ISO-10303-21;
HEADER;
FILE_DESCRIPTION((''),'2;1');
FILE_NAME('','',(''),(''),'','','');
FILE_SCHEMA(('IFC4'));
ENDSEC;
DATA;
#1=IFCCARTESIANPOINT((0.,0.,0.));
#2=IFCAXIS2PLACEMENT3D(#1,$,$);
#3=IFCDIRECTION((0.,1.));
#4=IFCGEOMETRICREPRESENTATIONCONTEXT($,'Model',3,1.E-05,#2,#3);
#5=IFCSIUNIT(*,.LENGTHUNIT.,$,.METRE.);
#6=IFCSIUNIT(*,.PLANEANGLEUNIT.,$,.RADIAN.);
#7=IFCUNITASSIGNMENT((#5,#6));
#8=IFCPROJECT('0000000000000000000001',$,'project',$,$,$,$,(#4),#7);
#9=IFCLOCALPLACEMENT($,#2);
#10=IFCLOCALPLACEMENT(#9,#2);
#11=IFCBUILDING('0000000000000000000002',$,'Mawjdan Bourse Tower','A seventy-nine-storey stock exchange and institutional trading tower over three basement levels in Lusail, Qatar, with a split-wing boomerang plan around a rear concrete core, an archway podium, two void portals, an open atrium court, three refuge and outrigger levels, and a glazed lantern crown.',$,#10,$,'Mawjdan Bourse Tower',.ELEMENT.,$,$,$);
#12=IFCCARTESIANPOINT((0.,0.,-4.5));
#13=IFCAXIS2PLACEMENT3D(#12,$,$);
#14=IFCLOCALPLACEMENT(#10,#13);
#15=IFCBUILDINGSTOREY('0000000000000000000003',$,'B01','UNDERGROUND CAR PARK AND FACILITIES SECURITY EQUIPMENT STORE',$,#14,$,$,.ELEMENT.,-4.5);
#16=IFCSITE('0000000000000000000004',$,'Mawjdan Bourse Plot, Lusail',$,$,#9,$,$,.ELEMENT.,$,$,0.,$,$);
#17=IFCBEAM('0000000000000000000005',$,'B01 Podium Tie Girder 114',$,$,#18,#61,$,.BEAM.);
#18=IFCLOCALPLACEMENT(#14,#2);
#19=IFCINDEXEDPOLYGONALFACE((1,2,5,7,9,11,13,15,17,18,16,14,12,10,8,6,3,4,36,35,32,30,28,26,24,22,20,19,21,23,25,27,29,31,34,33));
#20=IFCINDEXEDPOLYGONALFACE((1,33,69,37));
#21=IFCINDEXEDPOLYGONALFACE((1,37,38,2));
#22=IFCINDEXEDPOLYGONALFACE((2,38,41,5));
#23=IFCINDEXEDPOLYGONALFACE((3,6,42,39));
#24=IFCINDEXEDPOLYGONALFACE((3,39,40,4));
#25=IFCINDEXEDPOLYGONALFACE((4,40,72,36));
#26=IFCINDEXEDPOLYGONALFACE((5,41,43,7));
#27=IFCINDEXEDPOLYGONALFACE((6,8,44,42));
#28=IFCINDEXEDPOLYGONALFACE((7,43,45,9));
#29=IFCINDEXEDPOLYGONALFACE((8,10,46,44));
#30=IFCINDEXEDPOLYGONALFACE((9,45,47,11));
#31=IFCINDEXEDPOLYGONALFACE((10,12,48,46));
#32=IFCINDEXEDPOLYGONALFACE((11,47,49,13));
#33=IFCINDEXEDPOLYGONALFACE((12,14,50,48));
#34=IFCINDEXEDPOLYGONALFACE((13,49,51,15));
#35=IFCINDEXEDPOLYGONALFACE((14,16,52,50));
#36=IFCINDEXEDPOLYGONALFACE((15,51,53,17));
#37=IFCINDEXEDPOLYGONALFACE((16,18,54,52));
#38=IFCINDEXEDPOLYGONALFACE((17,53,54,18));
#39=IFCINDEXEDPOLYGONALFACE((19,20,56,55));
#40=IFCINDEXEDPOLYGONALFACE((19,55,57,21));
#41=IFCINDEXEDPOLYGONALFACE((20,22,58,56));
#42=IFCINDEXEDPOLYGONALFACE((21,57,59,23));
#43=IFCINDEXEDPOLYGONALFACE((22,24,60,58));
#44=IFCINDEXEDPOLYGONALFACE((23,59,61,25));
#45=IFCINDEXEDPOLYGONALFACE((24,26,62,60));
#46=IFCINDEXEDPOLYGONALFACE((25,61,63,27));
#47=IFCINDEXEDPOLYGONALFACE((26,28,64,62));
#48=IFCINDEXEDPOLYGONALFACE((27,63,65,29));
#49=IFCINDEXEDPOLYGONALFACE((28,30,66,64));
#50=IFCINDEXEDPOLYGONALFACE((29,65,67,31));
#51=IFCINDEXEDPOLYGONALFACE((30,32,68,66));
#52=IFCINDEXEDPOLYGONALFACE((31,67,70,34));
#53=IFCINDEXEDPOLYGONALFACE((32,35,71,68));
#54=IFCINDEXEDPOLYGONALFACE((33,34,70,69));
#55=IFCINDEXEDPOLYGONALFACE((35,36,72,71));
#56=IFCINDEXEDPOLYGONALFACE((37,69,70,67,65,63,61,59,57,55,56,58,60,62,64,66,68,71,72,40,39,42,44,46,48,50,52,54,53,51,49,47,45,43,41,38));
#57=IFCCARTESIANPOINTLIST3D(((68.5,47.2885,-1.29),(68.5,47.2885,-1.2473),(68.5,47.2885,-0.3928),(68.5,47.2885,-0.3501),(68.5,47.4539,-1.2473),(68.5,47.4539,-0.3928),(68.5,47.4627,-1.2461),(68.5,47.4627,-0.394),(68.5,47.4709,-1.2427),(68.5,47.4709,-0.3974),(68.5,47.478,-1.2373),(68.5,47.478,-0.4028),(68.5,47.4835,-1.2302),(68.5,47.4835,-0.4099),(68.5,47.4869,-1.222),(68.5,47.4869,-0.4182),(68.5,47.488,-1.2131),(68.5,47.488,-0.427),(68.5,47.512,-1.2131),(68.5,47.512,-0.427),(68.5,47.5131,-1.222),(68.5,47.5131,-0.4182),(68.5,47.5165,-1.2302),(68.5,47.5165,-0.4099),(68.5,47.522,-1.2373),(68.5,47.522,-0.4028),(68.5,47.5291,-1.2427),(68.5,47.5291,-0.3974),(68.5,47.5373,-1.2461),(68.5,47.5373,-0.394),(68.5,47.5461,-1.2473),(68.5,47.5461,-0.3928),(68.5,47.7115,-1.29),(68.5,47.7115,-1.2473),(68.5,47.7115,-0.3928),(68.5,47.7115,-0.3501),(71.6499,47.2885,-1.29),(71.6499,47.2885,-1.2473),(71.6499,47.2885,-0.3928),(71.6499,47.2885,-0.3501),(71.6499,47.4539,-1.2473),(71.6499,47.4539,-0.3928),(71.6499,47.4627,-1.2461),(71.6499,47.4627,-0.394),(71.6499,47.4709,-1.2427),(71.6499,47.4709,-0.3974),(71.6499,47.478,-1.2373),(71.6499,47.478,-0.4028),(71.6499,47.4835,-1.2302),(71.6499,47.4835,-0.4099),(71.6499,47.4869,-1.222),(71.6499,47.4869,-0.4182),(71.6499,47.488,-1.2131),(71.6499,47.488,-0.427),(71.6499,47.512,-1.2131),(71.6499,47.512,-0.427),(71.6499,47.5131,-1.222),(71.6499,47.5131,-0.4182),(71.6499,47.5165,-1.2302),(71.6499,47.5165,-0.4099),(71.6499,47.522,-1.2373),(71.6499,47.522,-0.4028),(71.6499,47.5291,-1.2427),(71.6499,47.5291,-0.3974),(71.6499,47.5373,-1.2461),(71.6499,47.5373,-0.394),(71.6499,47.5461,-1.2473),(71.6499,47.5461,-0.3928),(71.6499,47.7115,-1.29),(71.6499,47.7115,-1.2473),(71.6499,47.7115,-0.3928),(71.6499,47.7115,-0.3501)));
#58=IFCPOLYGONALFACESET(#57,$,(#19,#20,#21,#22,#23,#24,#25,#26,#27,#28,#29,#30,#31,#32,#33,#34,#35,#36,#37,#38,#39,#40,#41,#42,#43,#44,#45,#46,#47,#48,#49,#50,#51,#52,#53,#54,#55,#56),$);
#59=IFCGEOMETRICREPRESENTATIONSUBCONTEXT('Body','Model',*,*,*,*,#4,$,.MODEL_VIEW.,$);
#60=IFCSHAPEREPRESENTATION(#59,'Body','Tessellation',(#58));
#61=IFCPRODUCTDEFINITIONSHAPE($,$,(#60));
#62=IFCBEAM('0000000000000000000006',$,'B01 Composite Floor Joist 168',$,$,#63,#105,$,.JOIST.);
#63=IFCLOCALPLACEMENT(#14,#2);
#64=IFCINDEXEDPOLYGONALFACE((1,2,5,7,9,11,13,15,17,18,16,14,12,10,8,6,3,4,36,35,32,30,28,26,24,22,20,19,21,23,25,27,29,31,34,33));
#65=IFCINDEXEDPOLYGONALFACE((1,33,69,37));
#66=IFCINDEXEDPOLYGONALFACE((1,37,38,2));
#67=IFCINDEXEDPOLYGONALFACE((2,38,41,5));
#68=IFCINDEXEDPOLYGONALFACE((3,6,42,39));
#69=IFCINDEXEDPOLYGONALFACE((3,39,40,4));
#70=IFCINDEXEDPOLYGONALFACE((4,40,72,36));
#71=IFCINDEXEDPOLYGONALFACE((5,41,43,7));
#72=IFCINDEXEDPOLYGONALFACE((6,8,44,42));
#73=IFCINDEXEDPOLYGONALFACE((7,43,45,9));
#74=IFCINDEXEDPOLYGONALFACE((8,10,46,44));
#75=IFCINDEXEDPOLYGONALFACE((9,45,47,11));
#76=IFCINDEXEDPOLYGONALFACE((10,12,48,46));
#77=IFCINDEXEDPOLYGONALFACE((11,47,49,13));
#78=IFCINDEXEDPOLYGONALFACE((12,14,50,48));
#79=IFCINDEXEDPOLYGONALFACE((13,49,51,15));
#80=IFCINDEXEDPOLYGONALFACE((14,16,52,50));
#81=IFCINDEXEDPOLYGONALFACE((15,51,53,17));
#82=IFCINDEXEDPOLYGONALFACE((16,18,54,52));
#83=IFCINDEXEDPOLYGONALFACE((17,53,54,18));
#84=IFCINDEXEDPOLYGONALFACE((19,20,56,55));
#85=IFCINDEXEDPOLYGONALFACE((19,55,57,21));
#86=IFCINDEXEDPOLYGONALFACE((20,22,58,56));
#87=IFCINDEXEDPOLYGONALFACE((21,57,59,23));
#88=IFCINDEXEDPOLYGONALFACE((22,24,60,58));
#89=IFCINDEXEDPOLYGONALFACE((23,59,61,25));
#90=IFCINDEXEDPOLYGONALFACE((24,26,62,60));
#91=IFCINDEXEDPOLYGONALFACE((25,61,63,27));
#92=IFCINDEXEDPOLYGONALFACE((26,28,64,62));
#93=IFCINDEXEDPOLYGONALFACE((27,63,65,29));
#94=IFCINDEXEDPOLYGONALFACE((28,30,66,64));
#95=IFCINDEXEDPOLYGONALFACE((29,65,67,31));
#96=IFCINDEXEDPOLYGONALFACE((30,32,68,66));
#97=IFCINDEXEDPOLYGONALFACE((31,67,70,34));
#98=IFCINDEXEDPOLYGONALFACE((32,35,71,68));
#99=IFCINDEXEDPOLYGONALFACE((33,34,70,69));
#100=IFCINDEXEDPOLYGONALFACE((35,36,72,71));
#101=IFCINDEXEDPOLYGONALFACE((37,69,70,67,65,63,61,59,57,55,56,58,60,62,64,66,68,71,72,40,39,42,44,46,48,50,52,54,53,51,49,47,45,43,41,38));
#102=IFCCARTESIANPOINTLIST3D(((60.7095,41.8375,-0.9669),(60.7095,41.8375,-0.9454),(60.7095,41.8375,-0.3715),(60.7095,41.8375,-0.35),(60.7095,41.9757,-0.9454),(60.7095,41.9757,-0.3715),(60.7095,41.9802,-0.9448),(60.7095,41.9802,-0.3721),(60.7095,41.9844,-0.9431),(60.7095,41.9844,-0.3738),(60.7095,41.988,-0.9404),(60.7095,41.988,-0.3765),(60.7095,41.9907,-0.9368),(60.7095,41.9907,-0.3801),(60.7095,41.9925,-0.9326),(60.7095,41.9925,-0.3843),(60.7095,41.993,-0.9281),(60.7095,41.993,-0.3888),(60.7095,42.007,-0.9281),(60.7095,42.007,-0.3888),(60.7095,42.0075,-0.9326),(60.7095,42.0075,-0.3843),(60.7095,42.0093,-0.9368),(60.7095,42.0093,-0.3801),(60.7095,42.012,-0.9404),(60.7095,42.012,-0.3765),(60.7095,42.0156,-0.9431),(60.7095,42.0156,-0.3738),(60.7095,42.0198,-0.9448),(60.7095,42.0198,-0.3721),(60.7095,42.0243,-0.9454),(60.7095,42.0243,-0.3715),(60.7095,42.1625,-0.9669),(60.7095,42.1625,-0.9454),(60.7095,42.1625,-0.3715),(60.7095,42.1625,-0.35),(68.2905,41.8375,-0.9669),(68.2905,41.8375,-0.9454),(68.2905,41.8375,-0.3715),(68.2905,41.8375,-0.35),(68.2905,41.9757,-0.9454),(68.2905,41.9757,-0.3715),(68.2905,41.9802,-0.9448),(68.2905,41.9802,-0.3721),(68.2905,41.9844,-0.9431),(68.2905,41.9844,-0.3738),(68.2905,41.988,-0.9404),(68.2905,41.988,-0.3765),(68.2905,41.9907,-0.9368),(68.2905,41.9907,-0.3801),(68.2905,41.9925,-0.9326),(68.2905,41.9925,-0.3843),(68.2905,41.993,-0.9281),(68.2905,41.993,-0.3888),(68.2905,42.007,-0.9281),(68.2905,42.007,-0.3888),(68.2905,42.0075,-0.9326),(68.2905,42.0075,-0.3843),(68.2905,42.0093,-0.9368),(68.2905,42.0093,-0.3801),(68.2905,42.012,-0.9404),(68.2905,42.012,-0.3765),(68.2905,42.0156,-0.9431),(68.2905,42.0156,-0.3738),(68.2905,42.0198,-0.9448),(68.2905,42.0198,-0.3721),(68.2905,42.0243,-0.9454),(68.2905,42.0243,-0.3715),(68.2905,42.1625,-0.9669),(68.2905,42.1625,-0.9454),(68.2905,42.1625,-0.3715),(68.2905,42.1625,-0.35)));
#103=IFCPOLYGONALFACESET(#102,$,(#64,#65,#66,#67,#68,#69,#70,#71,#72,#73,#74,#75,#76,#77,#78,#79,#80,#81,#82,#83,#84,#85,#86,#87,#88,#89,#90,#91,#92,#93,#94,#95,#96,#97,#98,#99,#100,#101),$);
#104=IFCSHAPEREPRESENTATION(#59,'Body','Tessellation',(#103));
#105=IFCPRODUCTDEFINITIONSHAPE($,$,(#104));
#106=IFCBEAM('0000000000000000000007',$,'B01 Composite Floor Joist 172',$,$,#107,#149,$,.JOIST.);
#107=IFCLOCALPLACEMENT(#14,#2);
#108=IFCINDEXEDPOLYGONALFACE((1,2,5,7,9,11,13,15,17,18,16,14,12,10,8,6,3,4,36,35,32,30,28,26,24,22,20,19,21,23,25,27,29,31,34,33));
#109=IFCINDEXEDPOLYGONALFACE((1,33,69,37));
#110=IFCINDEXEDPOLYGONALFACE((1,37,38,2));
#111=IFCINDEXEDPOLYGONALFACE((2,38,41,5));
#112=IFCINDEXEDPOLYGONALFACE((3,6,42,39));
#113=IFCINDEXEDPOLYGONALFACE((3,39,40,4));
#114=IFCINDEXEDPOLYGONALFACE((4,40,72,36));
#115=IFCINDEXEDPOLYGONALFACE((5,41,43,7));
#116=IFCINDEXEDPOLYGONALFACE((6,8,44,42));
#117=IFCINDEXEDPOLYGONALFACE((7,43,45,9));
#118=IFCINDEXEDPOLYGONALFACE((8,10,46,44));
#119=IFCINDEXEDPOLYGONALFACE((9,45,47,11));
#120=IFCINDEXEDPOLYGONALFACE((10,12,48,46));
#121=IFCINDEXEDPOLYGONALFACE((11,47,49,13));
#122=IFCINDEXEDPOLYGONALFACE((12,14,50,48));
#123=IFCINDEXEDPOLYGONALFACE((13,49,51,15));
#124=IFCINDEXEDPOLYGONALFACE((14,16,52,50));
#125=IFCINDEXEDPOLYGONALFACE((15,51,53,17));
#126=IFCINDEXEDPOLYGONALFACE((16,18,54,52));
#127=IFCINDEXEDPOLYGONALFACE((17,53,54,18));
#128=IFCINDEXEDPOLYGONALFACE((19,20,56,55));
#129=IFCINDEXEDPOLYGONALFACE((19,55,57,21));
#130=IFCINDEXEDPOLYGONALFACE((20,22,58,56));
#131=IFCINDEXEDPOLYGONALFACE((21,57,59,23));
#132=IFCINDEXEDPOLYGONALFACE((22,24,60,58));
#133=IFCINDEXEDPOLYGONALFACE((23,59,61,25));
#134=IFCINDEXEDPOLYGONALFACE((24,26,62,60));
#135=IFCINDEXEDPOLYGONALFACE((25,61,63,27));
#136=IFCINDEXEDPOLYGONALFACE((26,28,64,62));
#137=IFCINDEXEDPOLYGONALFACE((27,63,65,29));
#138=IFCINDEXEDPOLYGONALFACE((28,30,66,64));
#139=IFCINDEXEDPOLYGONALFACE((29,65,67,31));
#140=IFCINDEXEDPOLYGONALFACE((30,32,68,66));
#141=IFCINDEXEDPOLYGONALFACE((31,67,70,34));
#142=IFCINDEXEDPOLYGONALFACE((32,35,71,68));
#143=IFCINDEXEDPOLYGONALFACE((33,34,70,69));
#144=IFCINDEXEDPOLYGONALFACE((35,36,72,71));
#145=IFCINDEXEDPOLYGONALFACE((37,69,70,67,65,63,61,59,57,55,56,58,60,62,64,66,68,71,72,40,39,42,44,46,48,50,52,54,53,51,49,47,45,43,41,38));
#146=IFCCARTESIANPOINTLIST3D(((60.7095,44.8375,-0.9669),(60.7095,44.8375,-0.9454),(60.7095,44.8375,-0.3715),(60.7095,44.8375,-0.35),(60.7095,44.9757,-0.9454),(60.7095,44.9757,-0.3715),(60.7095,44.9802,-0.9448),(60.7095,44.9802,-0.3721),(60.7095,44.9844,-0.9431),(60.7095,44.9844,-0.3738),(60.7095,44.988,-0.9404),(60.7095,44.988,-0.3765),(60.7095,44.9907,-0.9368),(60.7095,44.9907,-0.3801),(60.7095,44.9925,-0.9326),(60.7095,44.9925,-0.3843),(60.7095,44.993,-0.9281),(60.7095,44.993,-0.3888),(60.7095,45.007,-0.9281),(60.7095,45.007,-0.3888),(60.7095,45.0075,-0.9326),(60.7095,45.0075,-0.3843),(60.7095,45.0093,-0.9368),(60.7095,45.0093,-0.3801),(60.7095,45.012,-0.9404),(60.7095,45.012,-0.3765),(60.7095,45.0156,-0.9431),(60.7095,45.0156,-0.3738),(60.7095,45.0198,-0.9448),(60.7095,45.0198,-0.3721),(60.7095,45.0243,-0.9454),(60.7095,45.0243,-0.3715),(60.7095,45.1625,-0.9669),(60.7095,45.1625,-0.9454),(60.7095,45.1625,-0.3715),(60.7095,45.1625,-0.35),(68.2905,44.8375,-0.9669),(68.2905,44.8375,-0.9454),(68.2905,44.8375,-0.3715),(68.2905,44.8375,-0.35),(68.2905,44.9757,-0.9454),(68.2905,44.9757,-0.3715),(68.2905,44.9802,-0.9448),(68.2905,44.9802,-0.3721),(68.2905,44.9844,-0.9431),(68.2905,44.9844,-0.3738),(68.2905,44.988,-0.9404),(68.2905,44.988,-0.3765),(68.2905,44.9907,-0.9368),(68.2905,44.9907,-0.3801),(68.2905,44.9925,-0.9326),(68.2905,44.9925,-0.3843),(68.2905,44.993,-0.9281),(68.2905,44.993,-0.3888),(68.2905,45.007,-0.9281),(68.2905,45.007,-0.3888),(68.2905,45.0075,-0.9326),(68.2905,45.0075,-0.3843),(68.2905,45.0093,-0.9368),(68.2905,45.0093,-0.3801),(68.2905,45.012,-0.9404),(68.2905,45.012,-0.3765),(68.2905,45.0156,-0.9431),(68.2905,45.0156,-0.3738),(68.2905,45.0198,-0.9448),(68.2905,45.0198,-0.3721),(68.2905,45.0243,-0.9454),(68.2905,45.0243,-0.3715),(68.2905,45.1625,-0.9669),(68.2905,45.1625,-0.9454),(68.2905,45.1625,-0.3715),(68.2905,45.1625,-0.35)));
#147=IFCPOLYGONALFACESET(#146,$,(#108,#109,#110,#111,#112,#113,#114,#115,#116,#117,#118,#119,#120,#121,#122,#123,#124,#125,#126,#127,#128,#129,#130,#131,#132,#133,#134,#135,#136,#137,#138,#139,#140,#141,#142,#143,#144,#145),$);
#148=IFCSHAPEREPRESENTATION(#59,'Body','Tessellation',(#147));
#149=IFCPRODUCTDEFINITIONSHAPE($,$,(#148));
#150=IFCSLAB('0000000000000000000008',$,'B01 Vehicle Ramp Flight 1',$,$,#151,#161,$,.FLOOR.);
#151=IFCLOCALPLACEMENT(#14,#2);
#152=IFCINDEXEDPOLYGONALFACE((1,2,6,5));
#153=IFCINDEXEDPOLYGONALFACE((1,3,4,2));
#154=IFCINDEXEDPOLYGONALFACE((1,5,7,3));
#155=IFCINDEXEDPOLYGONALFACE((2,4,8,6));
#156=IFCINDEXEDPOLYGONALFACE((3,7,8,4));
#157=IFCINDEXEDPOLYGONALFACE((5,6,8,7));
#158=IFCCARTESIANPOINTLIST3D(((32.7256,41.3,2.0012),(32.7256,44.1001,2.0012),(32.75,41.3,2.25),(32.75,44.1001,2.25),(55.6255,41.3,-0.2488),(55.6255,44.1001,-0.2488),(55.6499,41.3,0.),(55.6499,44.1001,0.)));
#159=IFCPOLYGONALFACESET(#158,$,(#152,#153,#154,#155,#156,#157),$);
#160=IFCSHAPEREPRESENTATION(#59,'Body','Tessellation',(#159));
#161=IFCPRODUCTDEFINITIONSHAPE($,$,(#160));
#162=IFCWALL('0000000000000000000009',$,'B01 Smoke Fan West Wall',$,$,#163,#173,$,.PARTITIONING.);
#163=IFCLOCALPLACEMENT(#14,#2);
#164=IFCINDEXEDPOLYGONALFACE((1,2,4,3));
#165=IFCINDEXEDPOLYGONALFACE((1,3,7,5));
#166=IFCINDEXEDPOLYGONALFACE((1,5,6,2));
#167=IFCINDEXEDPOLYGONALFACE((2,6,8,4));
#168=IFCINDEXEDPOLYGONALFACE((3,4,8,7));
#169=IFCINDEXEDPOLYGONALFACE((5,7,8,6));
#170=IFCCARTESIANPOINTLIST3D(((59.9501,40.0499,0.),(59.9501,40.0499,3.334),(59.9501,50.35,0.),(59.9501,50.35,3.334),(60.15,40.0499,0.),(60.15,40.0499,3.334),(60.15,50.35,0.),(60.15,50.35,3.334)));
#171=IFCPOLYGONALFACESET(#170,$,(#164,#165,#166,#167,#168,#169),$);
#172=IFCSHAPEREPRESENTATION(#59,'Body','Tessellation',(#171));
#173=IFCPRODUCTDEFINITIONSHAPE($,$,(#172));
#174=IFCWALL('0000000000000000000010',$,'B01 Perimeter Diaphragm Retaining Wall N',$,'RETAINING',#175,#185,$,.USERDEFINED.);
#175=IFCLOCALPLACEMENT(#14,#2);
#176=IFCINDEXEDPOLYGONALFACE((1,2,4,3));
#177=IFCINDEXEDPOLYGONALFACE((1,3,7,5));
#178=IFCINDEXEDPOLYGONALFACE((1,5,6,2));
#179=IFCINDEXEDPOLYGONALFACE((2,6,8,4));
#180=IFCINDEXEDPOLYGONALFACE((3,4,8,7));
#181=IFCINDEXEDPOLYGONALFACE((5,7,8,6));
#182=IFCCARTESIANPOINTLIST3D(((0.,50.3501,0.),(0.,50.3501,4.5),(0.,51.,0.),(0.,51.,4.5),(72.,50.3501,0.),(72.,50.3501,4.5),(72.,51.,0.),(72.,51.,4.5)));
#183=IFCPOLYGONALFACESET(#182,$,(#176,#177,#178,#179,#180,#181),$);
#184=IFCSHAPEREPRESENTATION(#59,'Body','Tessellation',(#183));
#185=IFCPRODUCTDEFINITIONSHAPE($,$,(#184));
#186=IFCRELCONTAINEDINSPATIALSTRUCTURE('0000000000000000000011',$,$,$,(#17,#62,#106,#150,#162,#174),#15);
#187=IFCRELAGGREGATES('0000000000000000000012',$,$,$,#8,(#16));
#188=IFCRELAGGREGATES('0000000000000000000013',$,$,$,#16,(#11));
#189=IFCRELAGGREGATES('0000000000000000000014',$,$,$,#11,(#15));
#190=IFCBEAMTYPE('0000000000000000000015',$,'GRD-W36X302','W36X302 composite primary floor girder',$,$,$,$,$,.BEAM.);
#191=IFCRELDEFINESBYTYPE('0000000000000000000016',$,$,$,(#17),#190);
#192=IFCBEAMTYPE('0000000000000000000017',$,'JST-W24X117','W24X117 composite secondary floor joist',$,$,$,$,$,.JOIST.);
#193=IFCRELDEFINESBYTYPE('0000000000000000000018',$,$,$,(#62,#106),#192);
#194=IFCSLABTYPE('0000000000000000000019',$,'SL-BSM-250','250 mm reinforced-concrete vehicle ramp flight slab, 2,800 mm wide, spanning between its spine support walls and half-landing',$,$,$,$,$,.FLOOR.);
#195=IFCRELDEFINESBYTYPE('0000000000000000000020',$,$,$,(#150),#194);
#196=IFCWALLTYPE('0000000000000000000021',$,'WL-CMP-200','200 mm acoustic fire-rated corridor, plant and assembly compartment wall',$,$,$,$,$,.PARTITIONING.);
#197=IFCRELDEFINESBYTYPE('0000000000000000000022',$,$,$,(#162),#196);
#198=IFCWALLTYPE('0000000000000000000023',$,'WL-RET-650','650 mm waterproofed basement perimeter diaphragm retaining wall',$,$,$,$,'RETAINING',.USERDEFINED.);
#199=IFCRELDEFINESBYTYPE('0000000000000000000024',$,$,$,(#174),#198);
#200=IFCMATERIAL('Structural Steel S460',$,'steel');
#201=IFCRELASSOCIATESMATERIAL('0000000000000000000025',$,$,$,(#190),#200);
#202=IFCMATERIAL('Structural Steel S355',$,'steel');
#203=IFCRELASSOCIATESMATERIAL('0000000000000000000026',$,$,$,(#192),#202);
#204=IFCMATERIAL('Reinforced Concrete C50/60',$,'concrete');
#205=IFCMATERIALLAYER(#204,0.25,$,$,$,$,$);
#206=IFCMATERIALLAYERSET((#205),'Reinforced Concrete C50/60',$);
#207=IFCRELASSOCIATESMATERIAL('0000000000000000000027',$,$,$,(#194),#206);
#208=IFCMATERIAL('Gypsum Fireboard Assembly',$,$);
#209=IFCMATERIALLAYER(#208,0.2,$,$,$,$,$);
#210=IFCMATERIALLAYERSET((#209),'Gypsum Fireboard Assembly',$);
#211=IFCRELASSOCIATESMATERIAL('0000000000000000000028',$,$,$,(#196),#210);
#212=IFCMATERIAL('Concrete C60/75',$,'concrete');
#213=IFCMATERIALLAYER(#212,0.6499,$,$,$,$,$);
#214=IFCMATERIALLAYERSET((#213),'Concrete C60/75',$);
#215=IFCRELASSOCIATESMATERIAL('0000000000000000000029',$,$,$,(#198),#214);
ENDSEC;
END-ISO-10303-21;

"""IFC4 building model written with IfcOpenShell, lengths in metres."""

from ifc_helpers import new_model, si_unit, direction, frame, frame_2d, origin, origin_2d, place, context, subcontext, project, spatial, polyline, rectangle, i_section, outline, extrude, material, layer, layer_set, material_profile, profile_set, type_object, element, save


model = new_model("IFC4")

# Units and contexts
model_context = context("Model", 3, precision=1e-05, world=origin(), true_north=direction((0.0, 1.0)))
body_context = subcontext(model_context, "Body", "Model", "MODEL_VIEW")
ifc_project = project(units=[si_unit("LENGTHUNIT", "METRE"), si_unit("PLANEANGLEUNIT", "RADIAN")], contexts=[model_context])

# Site, building, storey
site_placement = place(None, origin())
site = spatial("IfcSite", under=ifc_project, at=site_placement, Name="Mawjdan Bourse Plot, Lusail", CompositionType="ELEMENT", RefElevation=0.0)
building_placement = place(site_placement, origin())
building = spatial("IfcBuilding", under=site, at=building_placement, Name="Mawjdan Bourse Tower", Description="A seventy-nine-storey stock exchange and institutional trading tower over three basement levels in Lusail, Qatar, with a split-wing boomerang plan around a rear concrete core, an archway podium, two void portals, an open atrium court, three refuge and outrigger levels, and a glazed lantern crown.", LongName="Mawjdan Bourse Tower", CompositionType="ELEMENT")
storey_placement = place(building_placement, frame((0.0, 0.0, -4.5)))
storey = spatial("IfcBuildingStorey", under=building, at=storey_placement, Name="B01", Description="UNDERGROUND CAR PARK AND FACILITIES SECURITY EQUIPMENT STORE", CompositionType="ELEMENT", Elevation=-4.5)

# Shared definitions
ifc_material_1 = material(Name="Concrete C60/75", Category="concrete")

# Beams
ifc_material_2 = material(Name="Structural Steel S460", Category="steel")
ifc_material_profile_1 = material_profile(ifc_material_2, i_section(OverallWidth=0.4231, OverallDepth=0.9399, WebThickness=0.0239, FlangeThickness=0.0427, FilletRadius=0.0342, at=origin_2d()), Name="W36X302")
ifc_profile_set_1 = profile_set([ifc_material_profile_1], Name="Structural Steel S460")
beam_type_1 = type_object("IfcBeamType", Name="GRD-W36X302", Description="W36X302 composite primary floor girder", PredefinedType="BEAM", material=ifc_profile_set_1)
beam_1_placement = place(storey_placement, frame((68.5, 47.5, -0.8201), z_axis=(1.0, 0.0, 0.0), x_axis=(0.0, 1.0, 0.0)))
element("IfcBeam", 1, at=beam_1_placement, inside=storey, type_object=beam_type_1, Name="B01 Podium Tie Girder 114", PredefinedType="BEAM", context=body_context, shape_type="SweptSolid", body=[
    extrude(i_section(OverallWidth=0.4231, OverallDepth=0.9399, WebThickness=0.0239, FlangeThickness=0.0427, FilletRadius=0.0342, at=origin_2d()), origin(), (0.0, 0.0, 1.0), 3.1499),
])
ifc_material_3 = material(Name="Structural Steel S355", Category="steel")
ifc_material_profile_2 = material_profile(ifc_material_3, i_section(OverallWidth=0.325, OverallDepth=0.6169, WebThickness=0.0139, FlangeThickness=0.0215, FilletRadius=0.0173, at=origin_2d()), Name="W24X117")
ifc_profile_set_2 = profile_set([ifc_material_profile_2], Name="Structural Steel S355")
beam_type_2 = type_object("IfcBeamType", Name="JST-W24X117", Description="W24X117 composite secondary floor joist", PredefinedType="JOIST", material=ifc_profile_set_2)
for number, where, z_axis, x_axis, name in (
    (2, (60.7095, 42.0, -0.6584), (1.0, 0.0, 0.0), (0.0, 1.0, 0.0), "B01 Composite Floor Joist 168"),
    (3, (60.7095, 45.0, -0.6584), (1.0, 0.0, 0.0), (0.0, 1.0, 0.0), "B01 Composite Floor Joist 172"),
):
    element("IfcBeam", number, at=place(storey_placement, frame(where, z_axis=z_axis, x_axis=x_axis)), inside=storey, type_object=beam_type_2, Name=name, PredefinedType="JOIST", context=body_context, shape_type="SweptSolid", body=[
        extrude(i_section(OverallWidth=0.325, OverallDepth=0.6169, WebThickness=0.0139, FlangeThickness=0.0215, FilletRadius=0.0173, at=origin_2d()), origin(), (0.0, 0.0, 1.0), 7.5811),
    ])

# Slab
ifc_material_4 = material(Name="Reinforced Concrete C50/60", Category="concrete")
ifc_layer_1 = layer(ifc_material_4, 0.25)
ifc_layer_set_1 = layer_set([ifc_layer_1], Name="Reinforced Concrete C50/60")
slab_type = type_object("IfcSlabType", Name="SL-BSM-250", Description="250 mm reinforced-concrete vehicle ramp flight slab, 2,800 mm wide, spanning between its spine support walls and half-landing", PredefinedType="FLOOR", material=ifc_layer_set_1)
slab_placement = place(storey_placement, frame((55.6499, 41.3, 0.0), z_axis=(0.097783, 0.0, 0.995208), x_axis=(-0.995208, 0.0, 0.097783)))
element("IfcSlab", 4, at=slab_placement, inside=storey, type_object=slab_type, Name="B01 Vehicle Ramp Flight 1", PredefinedType="FLOOR", context=body_context, shape_type="SweptSolid", body=[
    extrude(outline(polyline([(0.0, 0.0), (23.0102, 0.0), (23.0102, -2.8), (0.0, -2.8), (0.0, 0.0)])), origin(), (0.0, 0.0, -1.0), 0.25),
])

# Walls
ifc_material_5 = material(Name="Gypsum Fireboard Assembly")
ifc_layer_2 = layer(ifc_material_5, 0.2)
ifc_layer_set_2 = layer_set([ifc_layer_2], Name="Gypsum Fireboard Assembly")
wall_type_1 = type_object("IfcWallType", Name="WL-CMP-200", Description="200 mm acoustic fire-rated corridor, plant and assembly compartment wall", PredefinedType="PARTITIONING", material=ifc_layer_set_2)
wall_1_placement = place(storey_placement, frame((60.05, 40.05, 0.0), z_axis=(0.0, 0.0, 1.0), x_axis=(0.0, 1.0, 0.0)))
element("IfcWall", 5, at=wall_1_placement, inside=storey, type_object=wall_type_1, Name="B01 Smoke Fan West Wall", PredefinedType="PARTITIONING", context=body_context, shape_type="SweptSolid", body=[
    extrude(rectangle(XDim=10.3, YDim=0.2, at=frame_2d((5.1499, 0.0))), origin(), (0.0, 0.0, 1.0), 3.334),
])
ifc_layer_3 = layer(ifc_material_1, 0.6499)
ifc_layer_set_3 = layer_set([ifc_layer_3], Name="Concrete C60/75")
wall_type_2 = type_object("IfcWallType", Name="WL-RET-650", Description="650 mm waterproofed basement perimeter diaphragm retaining wall", ElementType="RETAINING", PredefinedType="USERDEFINED", material=ifc_layer_set_3)
wall_2_placement = place(storey_placement, frame((72.0, 50.675, 0.0), z_axis=(0.0, 0.0, 1.0), x_axis=(-1.0, 0.0, 0.0)))
element("IfcWall", 6, at=wall_2_placement, inside=storey, type_object=wall_type_2, Name="B01 Perimeter Diaphragm Retaining Wall N", ObjectType="RETAINING", PredefinedType="USERDEFINED", context=body_context, shape_type="SweptSolid", body=[
    extrude(rectangle(XDim=72.0, YDim=0.6499, at=frame_2d((36.0, 0.0))), origin(), (0.0, 0.0, 1.0), 4.5),
])

save(model, "model.ifc")
